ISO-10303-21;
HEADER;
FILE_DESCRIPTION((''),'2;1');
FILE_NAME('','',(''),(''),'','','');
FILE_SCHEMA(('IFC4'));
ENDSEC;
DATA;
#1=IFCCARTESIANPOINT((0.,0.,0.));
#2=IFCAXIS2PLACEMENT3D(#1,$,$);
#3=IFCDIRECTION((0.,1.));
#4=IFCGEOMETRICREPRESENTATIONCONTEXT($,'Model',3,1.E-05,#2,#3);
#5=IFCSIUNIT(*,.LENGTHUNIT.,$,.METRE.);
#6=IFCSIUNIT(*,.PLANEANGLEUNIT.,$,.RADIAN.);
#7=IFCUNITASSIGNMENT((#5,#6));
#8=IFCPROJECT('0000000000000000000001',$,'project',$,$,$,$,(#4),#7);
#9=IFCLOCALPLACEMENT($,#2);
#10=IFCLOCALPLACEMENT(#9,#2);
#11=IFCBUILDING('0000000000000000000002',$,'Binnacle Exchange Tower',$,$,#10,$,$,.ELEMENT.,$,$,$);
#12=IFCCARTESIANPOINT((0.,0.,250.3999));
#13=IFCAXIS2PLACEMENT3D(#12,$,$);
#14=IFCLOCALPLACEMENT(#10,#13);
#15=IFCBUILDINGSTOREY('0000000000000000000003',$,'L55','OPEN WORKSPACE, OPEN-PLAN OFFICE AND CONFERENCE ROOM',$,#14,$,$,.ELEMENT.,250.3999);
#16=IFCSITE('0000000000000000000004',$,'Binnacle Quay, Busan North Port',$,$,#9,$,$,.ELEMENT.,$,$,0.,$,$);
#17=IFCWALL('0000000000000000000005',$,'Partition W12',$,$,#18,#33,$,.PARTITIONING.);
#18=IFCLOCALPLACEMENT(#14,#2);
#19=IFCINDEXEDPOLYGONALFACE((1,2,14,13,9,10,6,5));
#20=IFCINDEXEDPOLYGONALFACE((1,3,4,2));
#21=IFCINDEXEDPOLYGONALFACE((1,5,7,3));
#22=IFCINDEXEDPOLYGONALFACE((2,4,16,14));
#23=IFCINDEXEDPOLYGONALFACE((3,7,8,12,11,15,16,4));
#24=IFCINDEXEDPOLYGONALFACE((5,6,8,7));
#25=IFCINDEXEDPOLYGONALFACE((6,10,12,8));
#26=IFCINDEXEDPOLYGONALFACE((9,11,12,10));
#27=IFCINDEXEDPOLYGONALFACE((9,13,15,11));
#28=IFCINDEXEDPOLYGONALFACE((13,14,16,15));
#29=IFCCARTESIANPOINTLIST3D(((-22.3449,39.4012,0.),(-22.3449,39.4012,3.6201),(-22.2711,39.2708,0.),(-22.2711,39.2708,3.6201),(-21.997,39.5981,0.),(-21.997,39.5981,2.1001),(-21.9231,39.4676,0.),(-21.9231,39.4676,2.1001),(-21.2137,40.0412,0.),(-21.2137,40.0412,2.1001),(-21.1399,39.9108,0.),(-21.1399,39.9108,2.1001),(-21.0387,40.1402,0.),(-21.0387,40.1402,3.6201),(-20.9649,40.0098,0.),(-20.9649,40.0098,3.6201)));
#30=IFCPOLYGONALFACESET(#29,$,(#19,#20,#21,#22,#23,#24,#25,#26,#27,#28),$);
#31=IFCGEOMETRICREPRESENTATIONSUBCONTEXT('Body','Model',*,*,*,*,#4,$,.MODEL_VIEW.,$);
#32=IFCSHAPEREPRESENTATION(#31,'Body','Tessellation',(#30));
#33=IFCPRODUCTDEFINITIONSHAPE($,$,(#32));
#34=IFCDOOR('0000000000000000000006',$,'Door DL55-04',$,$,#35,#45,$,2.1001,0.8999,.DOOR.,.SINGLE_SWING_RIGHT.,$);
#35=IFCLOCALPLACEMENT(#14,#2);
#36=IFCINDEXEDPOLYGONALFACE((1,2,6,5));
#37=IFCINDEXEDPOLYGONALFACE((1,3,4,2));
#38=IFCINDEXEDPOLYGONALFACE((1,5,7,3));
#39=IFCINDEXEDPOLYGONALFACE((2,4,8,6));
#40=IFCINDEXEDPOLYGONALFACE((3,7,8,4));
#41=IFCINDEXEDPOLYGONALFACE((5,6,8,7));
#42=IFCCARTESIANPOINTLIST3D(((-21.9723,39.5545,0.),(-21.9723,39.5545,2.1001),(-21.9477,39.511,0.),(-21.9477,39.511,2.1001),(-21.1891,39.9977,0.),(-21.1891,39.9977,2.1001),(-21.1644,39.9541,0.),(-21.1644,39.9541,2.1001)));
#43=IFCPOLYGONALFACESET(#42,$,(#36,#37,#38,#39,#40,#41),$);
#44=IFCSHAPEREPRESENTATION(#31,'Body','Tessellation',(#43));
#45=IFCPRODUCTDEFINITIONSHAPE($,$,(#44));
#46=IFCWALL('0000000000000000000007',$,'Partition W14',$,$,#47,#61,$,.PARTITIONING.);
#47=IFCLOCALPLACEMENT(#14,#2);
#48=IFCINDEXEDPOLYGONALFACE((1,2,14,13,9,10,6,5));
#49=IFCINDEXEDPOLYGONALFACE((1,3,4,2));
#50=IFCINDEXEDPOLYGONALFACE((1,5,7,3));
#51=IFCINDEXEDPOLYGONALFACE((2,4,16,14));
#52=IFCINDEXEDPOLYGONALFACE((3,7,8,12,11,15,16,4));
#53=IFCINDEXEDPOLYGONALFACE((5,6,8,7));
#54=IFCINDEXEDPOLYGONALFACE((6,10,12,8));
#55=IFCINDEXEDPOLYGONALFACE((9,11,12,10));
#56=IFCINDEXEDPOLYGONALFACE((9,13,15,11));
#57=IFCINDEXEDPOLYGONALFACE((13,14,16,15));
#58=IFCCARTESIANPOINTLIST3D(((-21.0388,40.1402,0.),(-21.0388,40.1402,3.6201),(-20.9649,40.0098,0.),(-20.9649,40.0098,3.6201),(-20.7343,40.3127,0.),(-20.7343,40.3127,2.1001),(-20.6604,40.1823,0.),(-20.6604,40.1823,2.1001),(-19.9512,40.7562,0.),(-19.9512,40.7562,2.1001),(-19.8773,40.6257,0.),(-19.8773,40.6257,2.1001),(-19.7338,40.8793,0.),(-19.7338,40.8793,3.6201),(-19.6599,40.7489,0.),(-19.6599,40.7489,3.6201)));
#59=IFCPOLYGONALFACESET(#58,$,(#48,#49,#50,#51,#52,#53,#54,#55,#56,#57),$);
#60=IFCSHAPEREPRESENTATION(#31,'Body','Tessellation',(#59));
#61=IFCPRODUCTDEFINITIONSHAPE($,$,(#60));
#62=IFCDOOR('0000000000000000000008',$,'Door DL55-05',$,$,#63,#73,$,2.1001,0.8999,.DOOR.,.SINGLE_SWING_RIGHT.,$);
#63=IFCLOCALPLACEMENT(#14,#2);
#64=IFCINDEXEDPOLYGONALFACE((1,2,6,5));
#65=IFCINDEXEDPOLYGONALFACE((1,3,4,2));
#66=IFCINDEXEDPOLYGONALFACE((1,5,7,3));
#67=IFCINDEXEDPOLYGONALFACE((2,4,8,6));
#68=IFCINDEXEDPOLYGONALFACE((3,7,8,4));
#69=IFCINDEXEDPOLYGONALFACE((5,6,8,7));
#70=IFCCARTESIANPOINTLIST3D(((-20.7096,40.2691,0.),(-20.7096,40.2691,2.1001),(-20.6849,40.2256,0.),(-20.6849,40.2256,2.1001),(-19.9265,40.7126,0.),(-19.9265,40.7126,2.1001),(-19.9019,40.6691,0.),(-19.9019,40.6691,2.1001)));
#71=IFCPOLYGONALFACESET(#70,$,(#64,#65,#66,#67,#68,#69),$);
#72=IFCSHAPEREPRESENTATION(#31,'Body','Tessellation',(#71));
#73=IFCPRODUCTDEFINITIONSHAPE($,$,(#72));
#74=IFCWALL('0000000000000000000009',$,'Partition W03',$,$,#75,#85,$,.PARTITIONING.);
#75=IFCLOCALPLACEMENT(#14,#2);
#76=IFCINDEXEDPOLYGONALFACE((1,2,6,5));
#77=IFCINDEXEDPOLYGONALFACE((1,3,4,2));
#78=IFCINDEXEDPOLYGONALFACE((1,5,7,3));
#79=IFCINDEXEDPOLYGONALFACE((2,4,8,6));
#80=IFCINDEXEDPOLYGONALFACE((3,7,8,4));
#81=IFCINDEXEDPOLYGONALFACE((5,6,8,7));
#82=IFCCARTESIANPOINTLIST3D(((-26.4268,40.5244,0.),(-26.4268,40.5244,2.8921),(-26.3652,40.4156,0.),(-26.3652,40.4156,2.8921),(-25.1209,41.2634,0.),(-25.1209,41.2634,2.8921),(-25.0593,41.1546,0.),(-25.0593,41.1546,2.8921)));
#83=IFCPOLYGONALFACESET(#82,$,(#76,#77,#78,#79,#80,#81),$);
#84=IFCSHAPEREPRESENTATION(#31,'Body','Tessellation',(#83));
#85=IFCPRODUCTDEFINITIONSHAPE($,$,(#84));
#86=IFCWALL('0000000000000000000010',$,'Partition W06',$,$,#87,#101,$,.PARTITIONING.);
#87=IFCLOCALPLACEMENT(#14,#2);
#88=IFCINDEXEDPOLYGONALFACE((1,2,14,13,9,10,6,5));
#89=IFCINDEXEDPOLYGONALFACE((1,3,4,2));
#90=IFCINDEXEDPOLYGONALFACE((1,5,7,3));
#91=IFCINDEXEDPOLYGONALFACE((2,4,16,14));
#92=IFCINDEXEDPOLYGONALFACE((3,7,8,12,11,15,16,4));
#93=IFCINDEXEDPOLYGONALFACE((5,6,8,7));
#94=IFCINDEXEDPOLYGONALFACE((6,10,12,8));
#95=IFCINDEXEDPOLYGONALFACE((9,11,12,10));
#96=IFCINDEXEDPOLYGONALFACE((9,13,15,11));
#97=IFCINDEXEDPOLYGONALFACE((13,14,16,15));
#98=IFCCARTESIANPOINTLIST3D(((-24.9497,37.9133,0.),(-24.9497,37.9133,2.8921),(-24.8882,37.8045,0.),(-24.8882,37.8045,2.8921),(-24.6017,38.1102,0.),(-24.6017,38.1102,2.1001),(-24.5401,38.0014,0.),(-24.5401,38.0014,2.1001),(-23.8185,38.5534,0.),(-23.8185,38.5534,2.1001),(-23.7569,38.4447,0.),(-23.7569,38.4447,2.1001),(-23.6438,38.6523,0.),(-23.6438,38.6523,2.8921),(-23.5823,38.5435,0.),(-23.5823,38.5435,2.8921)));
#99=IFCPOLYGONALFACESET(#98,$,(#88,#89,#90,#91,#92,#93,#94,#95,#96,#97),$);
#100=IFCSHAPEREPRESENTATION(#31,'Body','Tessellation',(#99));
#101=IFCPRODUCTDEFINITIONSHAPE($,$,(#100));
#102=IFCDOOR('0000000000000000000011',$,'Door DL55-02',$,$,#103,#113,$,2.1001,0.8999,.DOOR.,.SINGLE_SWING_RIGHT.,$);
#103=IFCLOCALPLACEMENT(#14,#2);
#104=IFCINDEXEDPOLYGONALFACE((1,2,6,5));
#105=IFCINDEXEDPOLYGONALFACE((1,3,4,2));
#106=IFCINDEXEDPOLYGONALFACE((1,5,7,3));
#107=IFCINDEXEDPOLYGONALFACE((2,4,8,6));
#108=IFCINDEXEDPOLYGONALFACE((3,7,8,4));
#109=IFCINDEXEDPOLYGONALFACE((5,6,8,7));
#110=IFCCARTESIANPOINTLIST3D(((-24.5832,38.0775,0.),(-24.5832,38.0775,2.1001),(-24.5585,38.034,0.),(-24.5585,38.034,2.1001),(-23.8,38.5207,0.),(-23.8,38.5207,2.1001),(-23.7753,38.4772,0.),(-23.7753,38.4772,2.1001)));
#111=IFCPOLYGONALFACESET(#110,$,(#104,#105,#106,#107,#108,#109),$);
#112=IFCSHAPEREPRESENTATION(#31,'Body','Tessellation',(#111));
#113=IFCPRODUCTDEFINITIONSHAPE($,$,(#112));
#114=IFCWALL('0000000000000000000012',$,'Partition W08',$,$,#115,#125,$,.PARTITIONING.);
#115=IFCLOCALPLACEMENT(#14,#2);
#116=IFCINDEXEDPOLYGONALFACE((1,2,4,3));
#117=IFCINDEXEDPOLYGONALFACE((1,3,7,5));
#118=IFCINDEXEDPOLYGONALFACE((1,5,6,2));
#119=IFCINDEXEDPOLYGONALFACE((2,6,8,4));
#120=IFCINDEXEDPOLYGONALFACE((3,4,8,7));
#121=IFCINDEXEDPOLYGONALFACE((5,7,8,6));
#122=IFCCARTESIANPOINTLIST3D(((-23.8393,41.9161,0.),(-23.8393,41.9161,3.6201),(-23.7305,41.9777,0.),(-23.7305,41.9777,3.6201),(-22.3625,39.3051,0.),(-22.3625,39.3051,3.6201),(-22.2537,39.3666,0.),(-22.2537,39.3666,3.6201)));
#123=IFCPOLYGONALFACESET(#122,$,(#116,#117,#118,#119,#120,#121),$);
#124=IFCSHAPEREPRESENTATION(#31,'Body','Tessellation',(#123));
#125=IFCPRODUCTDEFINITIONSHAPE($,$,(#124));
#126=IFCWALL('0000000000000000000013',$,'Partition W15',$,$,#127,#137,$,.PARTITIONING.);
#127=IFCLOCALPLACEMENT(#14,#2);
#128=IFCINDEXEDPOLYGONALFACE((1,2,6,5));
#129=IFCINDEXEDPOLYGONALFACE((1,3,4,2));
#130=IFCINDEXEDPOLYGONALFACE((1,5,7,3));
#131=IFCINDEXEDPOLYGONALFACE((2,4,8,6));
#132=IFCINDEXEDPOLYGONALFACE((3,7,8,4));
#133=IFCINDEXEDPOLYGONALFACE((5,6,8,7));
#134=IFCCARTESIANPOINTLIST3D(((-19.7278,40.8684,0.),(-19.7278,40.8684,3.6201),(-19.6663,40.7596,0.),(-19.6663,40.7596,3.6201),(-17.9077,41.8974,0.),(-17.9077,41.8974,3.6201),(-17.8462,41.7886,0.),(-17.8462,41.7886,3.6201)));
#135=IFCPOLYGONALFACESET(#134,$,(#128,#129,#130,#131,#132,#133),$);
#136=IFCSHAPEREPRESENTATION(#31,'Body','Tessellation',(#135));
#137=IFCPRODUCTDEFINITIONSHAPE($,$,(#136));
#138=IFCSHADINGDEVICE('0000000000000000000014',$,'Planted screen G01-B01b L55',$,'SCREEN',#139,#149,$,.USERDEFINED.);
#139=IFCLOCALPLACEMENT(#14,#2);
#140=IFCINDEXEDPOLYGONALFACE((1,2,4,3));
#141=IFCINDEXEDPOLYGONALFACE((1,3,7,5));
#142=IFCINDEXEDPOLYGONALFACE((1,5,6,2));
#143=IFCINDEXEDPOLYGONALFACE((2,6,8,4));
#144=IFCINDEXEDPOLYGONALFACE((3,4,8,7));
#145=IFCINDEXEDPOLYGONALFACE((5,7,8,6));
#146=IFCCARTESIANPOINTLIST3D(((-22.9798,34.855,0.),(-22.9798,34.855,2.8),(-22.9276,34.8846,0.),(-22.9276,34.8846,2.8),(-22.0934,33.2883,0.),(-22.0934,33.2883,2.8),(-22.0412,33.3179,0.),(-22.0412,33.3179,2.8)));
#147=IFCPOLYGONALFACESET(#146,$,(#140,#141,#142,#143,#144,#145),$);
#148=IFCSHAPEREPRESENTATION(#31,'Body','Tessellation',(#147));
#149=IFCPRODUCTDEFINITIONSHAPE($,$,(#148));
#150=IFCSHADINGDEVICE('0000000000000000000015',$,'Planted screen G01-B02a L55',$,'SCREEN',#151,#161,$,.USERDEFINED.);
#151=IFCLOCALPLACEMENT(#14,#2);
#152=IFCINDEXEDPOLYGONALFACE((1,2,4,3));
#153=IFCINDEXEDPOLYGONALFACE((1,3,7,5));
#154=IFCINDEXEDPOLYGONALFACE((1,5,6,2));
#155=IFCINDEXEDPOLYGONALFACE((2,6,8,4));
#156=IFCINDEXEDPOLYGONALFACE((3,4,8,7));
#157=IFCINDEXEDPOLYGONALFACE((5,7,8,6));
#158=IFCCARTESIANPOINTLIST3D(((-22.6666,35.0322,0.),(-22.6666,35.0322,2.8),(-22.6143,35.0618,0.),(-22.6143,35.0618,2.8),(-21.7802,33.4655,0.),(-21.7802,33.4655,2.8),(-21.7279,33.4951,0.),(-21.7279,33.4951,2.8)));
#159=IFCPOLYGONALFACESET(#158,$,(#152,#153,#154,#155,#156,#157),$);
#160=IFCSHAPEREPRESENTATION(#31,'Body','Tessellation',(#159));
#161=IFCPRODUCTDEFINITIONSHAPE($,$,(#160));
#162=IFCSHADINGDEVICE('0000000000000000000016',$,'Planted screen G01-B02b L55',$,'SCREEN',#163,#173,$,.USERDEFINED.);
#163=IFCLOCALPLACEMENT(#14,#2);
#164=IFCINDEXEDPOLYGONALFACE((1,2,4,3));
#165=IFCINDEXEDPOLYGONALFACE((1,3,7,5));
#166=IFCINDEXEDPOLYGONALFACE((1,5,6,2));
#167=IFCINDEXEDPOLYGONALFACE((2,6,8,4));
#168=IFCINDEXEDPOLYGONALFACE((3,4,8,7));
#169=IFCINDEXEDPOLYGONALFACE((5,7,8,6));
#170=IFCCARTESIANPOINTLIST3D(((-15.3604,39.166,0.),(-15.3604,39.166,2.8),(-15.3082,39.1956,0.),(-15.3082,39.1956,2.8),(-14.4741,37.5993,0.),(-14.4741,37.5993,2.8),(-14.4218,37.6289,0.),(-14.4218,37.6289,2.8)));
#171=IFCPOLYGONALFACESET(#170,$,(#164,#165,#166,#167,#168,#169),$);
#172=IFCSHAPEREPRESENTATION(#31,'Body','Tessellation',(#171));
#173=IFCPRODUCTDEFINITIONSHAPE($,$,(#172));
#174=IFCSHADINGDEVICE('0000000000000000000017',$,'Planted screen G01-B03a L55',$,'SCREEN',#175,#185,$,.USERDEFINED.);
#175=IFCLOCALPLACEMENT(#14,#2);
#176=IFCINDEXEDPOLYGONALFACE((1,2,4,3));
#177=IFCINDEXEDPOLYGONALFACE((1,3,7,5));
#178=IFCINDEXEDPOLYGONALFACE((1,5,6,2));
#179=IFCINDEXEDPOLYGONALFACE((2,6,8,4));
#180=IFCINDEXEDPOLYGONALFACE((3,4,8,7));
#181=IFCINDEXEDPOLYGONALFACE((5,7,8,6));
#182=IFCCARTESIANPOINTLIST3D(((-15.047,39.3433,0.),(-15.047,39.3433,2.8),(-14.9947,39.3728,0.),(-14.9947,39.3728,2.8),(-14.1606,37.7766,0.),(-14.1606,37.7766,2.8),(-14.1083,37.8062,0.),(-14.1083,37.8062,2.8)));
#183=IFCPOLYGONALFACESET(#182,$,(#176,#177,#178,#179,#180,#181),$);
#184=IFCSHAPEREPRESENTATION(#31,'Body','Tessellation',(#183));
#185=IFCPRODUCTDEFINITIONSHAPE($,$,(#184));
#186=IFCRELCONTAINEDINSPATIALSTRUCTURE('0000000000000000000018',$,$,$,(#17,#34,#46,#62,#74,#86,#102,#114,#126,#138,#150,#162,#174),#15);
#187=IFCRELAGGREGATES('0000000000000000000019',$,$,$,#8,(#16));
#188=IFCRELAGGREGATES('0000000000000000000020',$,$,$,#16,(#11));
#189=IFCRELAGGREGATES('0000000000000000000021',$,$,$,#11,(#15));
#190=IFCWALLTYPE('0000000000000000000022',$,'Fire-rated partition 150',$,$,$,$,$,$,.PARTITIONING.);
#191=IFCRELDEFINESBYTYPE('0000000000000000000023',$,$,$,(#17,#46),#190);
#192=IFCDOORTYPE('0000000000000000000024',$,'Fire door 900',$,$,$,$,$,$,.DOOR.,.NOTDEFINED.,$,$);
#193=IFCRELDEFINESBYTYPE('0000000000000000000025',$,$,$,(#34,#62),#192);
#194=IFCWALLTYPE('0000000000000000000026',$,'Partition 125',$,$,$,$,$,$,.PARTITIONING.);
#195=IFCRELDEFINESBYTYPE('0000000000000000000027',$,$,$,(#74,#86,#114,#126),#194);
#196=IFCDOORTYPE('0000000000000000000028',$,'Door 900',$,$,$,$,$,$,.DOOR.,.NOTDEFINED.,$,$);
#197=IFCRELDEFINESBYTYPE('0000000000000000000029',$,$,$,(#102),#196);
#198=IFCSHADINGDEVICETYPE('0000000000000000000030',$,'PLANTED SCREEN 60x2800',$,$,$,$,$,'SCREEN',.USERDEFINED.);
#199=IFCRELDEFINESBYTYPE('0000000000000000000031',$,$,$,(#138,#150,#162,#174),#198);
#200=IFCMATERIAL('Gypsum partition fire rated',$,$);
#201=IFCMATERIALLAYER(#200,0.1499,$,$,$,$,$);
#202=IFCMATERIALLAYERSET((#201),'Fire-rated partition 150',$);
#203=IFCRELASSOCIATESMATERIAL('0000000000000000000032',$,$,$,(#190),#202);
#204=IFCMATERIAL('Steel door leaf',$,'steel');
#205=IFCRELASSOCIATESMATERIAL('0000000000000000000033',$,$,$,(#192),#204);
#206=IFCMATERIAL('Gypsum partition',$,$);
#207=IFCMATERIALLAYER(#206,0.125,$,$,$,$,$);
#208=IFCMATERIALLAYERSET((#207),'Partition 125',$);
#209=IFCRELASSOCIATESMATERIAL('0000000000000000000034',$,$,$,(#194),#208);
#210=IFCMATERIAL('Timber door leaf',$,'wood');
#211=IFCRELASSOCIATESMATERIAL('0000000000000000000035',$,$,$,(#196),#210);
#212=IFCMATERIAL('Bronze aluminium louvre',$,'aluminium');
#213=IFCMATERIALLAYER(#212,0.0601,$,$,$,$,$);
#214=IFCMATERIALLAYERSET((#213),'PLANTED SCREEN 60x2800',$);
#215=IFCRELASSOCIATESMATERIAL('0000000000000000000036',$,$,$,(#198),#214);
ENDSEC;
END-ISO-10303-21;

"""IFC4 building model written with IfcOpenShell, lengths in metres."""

from ifc_helpers import new_model, si_unit, direction, frame, frame_2d, origin, origin_2d, place, context, subcontext, project, spatial, rectangle, extrude, material, layer, layer_set, type_object, element, fill, save


model = new_model("IFC4")

# Units and contexts
model_context = context("Model", 3, precision=1e-05, world=origin(), true_north=direction((0.0, 1.0)))
body_context = subcontext(model_context, "Body", "Model", "MODEL_VIEW")
ifc_project = project(units=[si_unit("LENGTHUNIT", "METRE"), si_unit("PLANEANGLEUNIT", "RADIAN")], contexts=[model_context])

# Site, building, storey
site_placement = place(None, origin())
site = spatial("IfcSite", under=ifc_project, at=site_placement, Name="Binnacle Quay, Busan North Port", CompositionType="ELEMENT", RefElevation=0.0)
building_placement = place(site_placement, origin())
building = spatial("IfcBuilding", under=site, at=building_placement, Name="Binnacle Exchange Tower", CompositionType="ELEMENT")
storey_placement = place(building_placement, frame((0.0, 0.0, 250.3999)))
storey = spatial("IfcBuildingStorey", under=building, at=storey_placement, Name="L55", Description="OPEN WORKSPACE, OPEN-PLAN OFFICE AND CONFERENCE ROOM", CompositionType="ELEMENT", Elevation=250.3999)

# Shared definitions
ifc_material_1 = material(Name="Steel door leaf", Category="steel")

# Shared definitions
ifc_material_2 = material(Name="Gypsum partition fire rated")
ifc_layer_1 = layer(ifc_material_2, 0.1499)
ifc_layer_set_1 = layer_set([ifc_layer_1], Name="Fire-rated partition 150")
wall_type_1 = type_object("IfcWallType", Name="Fire-rated partition 150", PredefinedType="PARTITIONING", material=ifc_layer_set_1)

# Shared definitions
door_type_1 = type_object("IfcDoorType", Name="Fire door 900", OperationType="NOTDEFINED", PredefinedType="DOOR", material=ifc_material_1)

# Walls, openings, doors
wall_1_placement = place(storey_placement, frame((-22.3081, 39.3359, 0.0), z_axis=(0.0, 0.0, 1.0), x_axis=(0.870348, 0.492438, 0.0)))
wall_1 = element("IfcWall", 1, at=wall_1_placement, inside=storey, type_object=wall_type_1, Name="Partition W12", PredefinedType="PARTITIONING", context=body_context, shape_type="SweptSolid", body=[
    extrude(rectangle(XDim=1.5007, YDim=0.1499, at=frame_2d((0.7505, 0.0))), origin(), (0.0, 0.0, 1.0), 3.6201),
])
opening_1_placement = place(wall_1_placement, frame((0.3999, 0.0, 0.0)))
opening_1 = element("IfcOpeningElement", 2, at=opening_1_placement, cuts=wall_1, PredefinedType="OPENING", context=body_context, shape_type="SweptSolid", body=[
    extrude(rectangle(XDim=0.8999, YDim=2.1001, at=frame_2d((0.45, 1.05))), frame((0.0, 0.085, 0.0), z_axis=(0.0, -1.0, 0.0), x_axis=(1.0, 0.0, 0.0)), (0.0, 0.0, 1.0), 0.1699),
])
door_1_placement = place(opening_1_placement, origin())
door_1 = element("IfcDoor", 3, at=door_1_placement, inside=storey, type_object=door_type_1, Name="Door DL55-04", OperationType="SINGLE_SWING_RIGHT", OverallHeight=2.1001, OverallWidth=0.8999, PredefinedType="DOOR", context=body_context, shape_type="SweptSolid", body=[
    extrude(rectangle(XDim=0.8999, YDim=2.1001, at=frame_2d((0.45, 1.05))), frame((0.0, 0.0249, 0.0), z_axis=(0.0, -1.0, 0.0), x_axis=(1.0, 0.0, 0.0)), (0.0, 0.0, 1.0), 0.05),
])
fill(opening_1, door_1)
wall_2_placement = place(storey_placement, frame((-21.002, 40.075, 0.0), z_axis=(0.0, 0.0, 1.0), x_axis=(0.87015, 0.492787, 0.0)))
wall_2 = element("IfcWall", 4, at=wall_2_placement, inside=storey, type_object=wall_type_1, Name="Partition W14", PredefinedType="PARTITIONING", context=body_context, shape_type="SweptSolid", body=[
    extrude(rectangle(XDim=1.4998, YDim=0.1499, at=frame_2d((0.75, 0.0))), origin(), (0.0, 0.0, 1.0), 3.6201),
])
opening_2_placement = place(wall_2_placement, frame((0.3501, 0.0, 0.0)))
opening_2 = element("IfcOpeningElement", 5, at=opening_2_placement, cuts=wall_2, PredefinedType="OPENING", context=body_context, shape_type="SweptSolid", body=[
    extrude(rectangle(XDim=0.8999, YDim=2.1001, at=frame_2d((0.45, 1.05))), frame((0.0, 0.085, 0.0), z_axis=(0.0, -1.0, 0.0), x_axis=(1.0, 0.0, 0.0)), (0.0, 0.0, 1.0), 0.1699),
])
door_2_placement = place(opening_2_placement, origin())
door_2 = element("IfcDoor", 6, at=door_2_placement, inside=storey, type_object=door_type_1, Name="Door DL55-05", OperationType="SINGLE_SWING_RIGHT", OverallHeight=2.1001, OverallWidth=0.8999, PredefinedType="DOOR", context=body_context, shape_type="SweptSolid", body=[
    extrude(rectangle(XDim=0.8999, YDim=2.1001, at=frame_2d((0.45, 1.05))), frame((0.0, 0.0249, 0.0), z_axis=(0.0, -1.0, 0.0), x_axis=(1.0, 0.0, 0.0)), (0.0, 0.0, 1.0), 0.05),
])
fill(opening_2, door_2)

# Wall
ifc_material_3 = material(Name="Gypsum partition")
ifc_layer_2 = layer(ifc_material_3, 0.125)
ifc_layer_set_2 = layer_set([ifc_layer_2], Name="Partition 125")
wall_type_2 = type_object("IfcWallType", Name="Partition 125", PredefinedType="PARTITIONING", material=ifc_layer_set_2)
wall_3_placement = place(storey_placement, frame((-26.396, 40.47, 0.0), z_axis=(0.0, 0.0, 1.0), x_axis=(0.870308, 0.492508, 0.0)))
element("IfcWall", 7, at=wall_3_placement, inside=storey, type_object=wall_type_2, Name="Partition W03", PredefinedType="PARTITIONING", context=body_context, shape_type="SweptSolid", body=[
    extrude(rectangle(XDim=1.5005, YDim=0.125, at=frame_2d((0.7502, 0.0))), origin(), (0.0, 0.0, 1.0), 2.8921),
])

# Wall, opening, door
wall_4_placement = place(storey_placement, frame((-24.9189, 37.8589, 0.0), z_axis=(0.0, 0.0, 1.0), x_axis=(0.870308, 0.492508, 0.0)))
wall_4 = element("IfcWall", 8, at=wall_4_placement, inside=storey, type_object=wall_type_2, Name="Partition W06", PredefinedType="PARTITIONING", context=body_context, shape_type="SweptSolid", body=[
    extrude(rectangle(XDim=1.5005, YDim=0.125, at=frame_2d((0.7502, 0.0))), origin(), (0.0, 0.0, 1.0), 2.8921),
])
opening_3_placement = place(wall_4_placement, frame((0.3999, 0.0, 0.0)))
opening_3 = element("IfcOpeningElement", 9, at=opening_3_placement, cuts=wall_4, PredefinedType="OPENING", context=body_context, shape_type="SweptSolid", body=[
    extrude(rectangle(XDim=0.8999, YDim=2.1001, at=frame_2d((0.45, 1.05))), frame((0.0, 0.0725, 0.0), z_axis=(0.0, -1.0, 0.0), x_axis=(1.0, 0.0, 0.0)), (0.0, 0.0, 1.0), 0.145),
])
ifc_material_4 = material(Name="Timber door leaf", Category="wood")
door_type_2 = type_object("IfcDoorType", Name="Door 900", OperationType="NOTDEFINED", PredefinedType="DOOR", material=ifc_material_4)
door_3_placement = place(opening_3_placement, origin())
door_3 = element("IfcDoor", 10, at=door_3_placement, inside=storey, type_object=door_type_2, Name="Door DL55-02", OperationType="SINGLE_SWING_RIGHT", OverallHeight=2.1001, OverallWidth=0.8999, PredefinedType="DOOR", context=body_context, shape_type="SweptSolid", body=[
    extrude(rectangle(XDim=0.8999, YDim=2.1001, at=frame_2d((0.45, 1.05))), frame((0.0, 0.0249, 0.0), z_axis=(0.0, -1.0, 0.0), x_axis=(1.0, 0.0, 0.0)), (0.0, 0.0, 1.0), 0.05),
])
fill(opening_3, door_3)

# Walls
wall_5_placement = place(storey_placement, frame((-23.7849, 41.947, 0.0), z_axis=(0.0, 0.0, 1.0), x_axis=(0.492304, -0.870423, 0.0)))
element("IfcWall", 11, at=wall_5_placement, inside=storey, type_object=wall_type_2, Name="Partition W08", PredefinedType="PARTITIONING", context=body_context, shape_type="SweptSolid", body=[
    extrude(rectangle(XDim=2.9998, YDim=0.125, at=frame_2d((1.5, 0.0))), origin(), (0.0, 0.0, 1.0), 3.6201),
])
wall_6_placement = place(storey_placement, frame((-19.697, 40.814, 0.0), z_axis=(0.0, 0.0, 1.0), x_axis=(0.870498, 0.492173, 0.0)))
element("IfcWall", 12, at=wall_6_placement, inside=storey, type_object=wall_type_2, Name="Partition W15", PredefinedType="PARTITIONING", context=body_context, shape_type="SweptSolid", body=[
    extrude(rectangle(XDim=2.0908, YDim=0.125, at=frame_2d((1.0454, 0.0))), origin(), (0.0, 0.0, 1.0), 3.6201),
])

# Shading devices
ifc_material_5 = material(Name="Bronze aluminium louvre", Category="aluminium")
ifc_layer_3 = layer(ifc_material_5, 0.0601)
ifc_layer_set_3 = layer_set([ifc_layer_3], Name="PLANTED SCREEN 60x2800")
shading_device_type = type_object("IfcShadingDeviceType", Name="PLANTED SCREEN 60x2800", ElementType="SCREEN", PredefinedType="USERDEFINED", material=ifc_layer_set_3)
for number, where, z_axis, x_axis, name in (
    (13, (-22.5105, 34.0864, 0.0), (0.0, 0.0, 1.0), (0.870356, 0.492424, 0.0), "Planted screen G01-B01b L55"),
    (14, (-22.1973, 34.2637, 0.0), (0.0, 0.0, 1.0), (0.870356, 0.492424, 0.0), "Planted screen G01-B02a L55"),
    (15, (-14.8911, 38.3975, 0.0), (0.0, 0.0, 1.0), (0.870356, 0.492424, 0.0), "Planted screen G01-B02b L55"),
    (16, (-14.5776, 38.5747, 0.0), (0.0, 0.0, 1.0), (0.870356, 0.492424, 0.0), "Planted screen G01-B03a L55"),
):
    element("IfcShadingDevice", number, at=place(storey_placement, frame(where, z_axis=z_axis, x_axis=x_axis)), inside=storey, type_object=shading_device_type, Name=name, ObjectType="SCREEN", PredefinedType="USERDEFINED", context=body_context, shape_type="SweptSolid", body=[
        extrude(rectangle(XDim=0.0601, YDim=1.8, at=origin_2d()), origin(), (0.0, 0.0, 1.0), 2.8),
    ])

save(model, "model.ifc")
